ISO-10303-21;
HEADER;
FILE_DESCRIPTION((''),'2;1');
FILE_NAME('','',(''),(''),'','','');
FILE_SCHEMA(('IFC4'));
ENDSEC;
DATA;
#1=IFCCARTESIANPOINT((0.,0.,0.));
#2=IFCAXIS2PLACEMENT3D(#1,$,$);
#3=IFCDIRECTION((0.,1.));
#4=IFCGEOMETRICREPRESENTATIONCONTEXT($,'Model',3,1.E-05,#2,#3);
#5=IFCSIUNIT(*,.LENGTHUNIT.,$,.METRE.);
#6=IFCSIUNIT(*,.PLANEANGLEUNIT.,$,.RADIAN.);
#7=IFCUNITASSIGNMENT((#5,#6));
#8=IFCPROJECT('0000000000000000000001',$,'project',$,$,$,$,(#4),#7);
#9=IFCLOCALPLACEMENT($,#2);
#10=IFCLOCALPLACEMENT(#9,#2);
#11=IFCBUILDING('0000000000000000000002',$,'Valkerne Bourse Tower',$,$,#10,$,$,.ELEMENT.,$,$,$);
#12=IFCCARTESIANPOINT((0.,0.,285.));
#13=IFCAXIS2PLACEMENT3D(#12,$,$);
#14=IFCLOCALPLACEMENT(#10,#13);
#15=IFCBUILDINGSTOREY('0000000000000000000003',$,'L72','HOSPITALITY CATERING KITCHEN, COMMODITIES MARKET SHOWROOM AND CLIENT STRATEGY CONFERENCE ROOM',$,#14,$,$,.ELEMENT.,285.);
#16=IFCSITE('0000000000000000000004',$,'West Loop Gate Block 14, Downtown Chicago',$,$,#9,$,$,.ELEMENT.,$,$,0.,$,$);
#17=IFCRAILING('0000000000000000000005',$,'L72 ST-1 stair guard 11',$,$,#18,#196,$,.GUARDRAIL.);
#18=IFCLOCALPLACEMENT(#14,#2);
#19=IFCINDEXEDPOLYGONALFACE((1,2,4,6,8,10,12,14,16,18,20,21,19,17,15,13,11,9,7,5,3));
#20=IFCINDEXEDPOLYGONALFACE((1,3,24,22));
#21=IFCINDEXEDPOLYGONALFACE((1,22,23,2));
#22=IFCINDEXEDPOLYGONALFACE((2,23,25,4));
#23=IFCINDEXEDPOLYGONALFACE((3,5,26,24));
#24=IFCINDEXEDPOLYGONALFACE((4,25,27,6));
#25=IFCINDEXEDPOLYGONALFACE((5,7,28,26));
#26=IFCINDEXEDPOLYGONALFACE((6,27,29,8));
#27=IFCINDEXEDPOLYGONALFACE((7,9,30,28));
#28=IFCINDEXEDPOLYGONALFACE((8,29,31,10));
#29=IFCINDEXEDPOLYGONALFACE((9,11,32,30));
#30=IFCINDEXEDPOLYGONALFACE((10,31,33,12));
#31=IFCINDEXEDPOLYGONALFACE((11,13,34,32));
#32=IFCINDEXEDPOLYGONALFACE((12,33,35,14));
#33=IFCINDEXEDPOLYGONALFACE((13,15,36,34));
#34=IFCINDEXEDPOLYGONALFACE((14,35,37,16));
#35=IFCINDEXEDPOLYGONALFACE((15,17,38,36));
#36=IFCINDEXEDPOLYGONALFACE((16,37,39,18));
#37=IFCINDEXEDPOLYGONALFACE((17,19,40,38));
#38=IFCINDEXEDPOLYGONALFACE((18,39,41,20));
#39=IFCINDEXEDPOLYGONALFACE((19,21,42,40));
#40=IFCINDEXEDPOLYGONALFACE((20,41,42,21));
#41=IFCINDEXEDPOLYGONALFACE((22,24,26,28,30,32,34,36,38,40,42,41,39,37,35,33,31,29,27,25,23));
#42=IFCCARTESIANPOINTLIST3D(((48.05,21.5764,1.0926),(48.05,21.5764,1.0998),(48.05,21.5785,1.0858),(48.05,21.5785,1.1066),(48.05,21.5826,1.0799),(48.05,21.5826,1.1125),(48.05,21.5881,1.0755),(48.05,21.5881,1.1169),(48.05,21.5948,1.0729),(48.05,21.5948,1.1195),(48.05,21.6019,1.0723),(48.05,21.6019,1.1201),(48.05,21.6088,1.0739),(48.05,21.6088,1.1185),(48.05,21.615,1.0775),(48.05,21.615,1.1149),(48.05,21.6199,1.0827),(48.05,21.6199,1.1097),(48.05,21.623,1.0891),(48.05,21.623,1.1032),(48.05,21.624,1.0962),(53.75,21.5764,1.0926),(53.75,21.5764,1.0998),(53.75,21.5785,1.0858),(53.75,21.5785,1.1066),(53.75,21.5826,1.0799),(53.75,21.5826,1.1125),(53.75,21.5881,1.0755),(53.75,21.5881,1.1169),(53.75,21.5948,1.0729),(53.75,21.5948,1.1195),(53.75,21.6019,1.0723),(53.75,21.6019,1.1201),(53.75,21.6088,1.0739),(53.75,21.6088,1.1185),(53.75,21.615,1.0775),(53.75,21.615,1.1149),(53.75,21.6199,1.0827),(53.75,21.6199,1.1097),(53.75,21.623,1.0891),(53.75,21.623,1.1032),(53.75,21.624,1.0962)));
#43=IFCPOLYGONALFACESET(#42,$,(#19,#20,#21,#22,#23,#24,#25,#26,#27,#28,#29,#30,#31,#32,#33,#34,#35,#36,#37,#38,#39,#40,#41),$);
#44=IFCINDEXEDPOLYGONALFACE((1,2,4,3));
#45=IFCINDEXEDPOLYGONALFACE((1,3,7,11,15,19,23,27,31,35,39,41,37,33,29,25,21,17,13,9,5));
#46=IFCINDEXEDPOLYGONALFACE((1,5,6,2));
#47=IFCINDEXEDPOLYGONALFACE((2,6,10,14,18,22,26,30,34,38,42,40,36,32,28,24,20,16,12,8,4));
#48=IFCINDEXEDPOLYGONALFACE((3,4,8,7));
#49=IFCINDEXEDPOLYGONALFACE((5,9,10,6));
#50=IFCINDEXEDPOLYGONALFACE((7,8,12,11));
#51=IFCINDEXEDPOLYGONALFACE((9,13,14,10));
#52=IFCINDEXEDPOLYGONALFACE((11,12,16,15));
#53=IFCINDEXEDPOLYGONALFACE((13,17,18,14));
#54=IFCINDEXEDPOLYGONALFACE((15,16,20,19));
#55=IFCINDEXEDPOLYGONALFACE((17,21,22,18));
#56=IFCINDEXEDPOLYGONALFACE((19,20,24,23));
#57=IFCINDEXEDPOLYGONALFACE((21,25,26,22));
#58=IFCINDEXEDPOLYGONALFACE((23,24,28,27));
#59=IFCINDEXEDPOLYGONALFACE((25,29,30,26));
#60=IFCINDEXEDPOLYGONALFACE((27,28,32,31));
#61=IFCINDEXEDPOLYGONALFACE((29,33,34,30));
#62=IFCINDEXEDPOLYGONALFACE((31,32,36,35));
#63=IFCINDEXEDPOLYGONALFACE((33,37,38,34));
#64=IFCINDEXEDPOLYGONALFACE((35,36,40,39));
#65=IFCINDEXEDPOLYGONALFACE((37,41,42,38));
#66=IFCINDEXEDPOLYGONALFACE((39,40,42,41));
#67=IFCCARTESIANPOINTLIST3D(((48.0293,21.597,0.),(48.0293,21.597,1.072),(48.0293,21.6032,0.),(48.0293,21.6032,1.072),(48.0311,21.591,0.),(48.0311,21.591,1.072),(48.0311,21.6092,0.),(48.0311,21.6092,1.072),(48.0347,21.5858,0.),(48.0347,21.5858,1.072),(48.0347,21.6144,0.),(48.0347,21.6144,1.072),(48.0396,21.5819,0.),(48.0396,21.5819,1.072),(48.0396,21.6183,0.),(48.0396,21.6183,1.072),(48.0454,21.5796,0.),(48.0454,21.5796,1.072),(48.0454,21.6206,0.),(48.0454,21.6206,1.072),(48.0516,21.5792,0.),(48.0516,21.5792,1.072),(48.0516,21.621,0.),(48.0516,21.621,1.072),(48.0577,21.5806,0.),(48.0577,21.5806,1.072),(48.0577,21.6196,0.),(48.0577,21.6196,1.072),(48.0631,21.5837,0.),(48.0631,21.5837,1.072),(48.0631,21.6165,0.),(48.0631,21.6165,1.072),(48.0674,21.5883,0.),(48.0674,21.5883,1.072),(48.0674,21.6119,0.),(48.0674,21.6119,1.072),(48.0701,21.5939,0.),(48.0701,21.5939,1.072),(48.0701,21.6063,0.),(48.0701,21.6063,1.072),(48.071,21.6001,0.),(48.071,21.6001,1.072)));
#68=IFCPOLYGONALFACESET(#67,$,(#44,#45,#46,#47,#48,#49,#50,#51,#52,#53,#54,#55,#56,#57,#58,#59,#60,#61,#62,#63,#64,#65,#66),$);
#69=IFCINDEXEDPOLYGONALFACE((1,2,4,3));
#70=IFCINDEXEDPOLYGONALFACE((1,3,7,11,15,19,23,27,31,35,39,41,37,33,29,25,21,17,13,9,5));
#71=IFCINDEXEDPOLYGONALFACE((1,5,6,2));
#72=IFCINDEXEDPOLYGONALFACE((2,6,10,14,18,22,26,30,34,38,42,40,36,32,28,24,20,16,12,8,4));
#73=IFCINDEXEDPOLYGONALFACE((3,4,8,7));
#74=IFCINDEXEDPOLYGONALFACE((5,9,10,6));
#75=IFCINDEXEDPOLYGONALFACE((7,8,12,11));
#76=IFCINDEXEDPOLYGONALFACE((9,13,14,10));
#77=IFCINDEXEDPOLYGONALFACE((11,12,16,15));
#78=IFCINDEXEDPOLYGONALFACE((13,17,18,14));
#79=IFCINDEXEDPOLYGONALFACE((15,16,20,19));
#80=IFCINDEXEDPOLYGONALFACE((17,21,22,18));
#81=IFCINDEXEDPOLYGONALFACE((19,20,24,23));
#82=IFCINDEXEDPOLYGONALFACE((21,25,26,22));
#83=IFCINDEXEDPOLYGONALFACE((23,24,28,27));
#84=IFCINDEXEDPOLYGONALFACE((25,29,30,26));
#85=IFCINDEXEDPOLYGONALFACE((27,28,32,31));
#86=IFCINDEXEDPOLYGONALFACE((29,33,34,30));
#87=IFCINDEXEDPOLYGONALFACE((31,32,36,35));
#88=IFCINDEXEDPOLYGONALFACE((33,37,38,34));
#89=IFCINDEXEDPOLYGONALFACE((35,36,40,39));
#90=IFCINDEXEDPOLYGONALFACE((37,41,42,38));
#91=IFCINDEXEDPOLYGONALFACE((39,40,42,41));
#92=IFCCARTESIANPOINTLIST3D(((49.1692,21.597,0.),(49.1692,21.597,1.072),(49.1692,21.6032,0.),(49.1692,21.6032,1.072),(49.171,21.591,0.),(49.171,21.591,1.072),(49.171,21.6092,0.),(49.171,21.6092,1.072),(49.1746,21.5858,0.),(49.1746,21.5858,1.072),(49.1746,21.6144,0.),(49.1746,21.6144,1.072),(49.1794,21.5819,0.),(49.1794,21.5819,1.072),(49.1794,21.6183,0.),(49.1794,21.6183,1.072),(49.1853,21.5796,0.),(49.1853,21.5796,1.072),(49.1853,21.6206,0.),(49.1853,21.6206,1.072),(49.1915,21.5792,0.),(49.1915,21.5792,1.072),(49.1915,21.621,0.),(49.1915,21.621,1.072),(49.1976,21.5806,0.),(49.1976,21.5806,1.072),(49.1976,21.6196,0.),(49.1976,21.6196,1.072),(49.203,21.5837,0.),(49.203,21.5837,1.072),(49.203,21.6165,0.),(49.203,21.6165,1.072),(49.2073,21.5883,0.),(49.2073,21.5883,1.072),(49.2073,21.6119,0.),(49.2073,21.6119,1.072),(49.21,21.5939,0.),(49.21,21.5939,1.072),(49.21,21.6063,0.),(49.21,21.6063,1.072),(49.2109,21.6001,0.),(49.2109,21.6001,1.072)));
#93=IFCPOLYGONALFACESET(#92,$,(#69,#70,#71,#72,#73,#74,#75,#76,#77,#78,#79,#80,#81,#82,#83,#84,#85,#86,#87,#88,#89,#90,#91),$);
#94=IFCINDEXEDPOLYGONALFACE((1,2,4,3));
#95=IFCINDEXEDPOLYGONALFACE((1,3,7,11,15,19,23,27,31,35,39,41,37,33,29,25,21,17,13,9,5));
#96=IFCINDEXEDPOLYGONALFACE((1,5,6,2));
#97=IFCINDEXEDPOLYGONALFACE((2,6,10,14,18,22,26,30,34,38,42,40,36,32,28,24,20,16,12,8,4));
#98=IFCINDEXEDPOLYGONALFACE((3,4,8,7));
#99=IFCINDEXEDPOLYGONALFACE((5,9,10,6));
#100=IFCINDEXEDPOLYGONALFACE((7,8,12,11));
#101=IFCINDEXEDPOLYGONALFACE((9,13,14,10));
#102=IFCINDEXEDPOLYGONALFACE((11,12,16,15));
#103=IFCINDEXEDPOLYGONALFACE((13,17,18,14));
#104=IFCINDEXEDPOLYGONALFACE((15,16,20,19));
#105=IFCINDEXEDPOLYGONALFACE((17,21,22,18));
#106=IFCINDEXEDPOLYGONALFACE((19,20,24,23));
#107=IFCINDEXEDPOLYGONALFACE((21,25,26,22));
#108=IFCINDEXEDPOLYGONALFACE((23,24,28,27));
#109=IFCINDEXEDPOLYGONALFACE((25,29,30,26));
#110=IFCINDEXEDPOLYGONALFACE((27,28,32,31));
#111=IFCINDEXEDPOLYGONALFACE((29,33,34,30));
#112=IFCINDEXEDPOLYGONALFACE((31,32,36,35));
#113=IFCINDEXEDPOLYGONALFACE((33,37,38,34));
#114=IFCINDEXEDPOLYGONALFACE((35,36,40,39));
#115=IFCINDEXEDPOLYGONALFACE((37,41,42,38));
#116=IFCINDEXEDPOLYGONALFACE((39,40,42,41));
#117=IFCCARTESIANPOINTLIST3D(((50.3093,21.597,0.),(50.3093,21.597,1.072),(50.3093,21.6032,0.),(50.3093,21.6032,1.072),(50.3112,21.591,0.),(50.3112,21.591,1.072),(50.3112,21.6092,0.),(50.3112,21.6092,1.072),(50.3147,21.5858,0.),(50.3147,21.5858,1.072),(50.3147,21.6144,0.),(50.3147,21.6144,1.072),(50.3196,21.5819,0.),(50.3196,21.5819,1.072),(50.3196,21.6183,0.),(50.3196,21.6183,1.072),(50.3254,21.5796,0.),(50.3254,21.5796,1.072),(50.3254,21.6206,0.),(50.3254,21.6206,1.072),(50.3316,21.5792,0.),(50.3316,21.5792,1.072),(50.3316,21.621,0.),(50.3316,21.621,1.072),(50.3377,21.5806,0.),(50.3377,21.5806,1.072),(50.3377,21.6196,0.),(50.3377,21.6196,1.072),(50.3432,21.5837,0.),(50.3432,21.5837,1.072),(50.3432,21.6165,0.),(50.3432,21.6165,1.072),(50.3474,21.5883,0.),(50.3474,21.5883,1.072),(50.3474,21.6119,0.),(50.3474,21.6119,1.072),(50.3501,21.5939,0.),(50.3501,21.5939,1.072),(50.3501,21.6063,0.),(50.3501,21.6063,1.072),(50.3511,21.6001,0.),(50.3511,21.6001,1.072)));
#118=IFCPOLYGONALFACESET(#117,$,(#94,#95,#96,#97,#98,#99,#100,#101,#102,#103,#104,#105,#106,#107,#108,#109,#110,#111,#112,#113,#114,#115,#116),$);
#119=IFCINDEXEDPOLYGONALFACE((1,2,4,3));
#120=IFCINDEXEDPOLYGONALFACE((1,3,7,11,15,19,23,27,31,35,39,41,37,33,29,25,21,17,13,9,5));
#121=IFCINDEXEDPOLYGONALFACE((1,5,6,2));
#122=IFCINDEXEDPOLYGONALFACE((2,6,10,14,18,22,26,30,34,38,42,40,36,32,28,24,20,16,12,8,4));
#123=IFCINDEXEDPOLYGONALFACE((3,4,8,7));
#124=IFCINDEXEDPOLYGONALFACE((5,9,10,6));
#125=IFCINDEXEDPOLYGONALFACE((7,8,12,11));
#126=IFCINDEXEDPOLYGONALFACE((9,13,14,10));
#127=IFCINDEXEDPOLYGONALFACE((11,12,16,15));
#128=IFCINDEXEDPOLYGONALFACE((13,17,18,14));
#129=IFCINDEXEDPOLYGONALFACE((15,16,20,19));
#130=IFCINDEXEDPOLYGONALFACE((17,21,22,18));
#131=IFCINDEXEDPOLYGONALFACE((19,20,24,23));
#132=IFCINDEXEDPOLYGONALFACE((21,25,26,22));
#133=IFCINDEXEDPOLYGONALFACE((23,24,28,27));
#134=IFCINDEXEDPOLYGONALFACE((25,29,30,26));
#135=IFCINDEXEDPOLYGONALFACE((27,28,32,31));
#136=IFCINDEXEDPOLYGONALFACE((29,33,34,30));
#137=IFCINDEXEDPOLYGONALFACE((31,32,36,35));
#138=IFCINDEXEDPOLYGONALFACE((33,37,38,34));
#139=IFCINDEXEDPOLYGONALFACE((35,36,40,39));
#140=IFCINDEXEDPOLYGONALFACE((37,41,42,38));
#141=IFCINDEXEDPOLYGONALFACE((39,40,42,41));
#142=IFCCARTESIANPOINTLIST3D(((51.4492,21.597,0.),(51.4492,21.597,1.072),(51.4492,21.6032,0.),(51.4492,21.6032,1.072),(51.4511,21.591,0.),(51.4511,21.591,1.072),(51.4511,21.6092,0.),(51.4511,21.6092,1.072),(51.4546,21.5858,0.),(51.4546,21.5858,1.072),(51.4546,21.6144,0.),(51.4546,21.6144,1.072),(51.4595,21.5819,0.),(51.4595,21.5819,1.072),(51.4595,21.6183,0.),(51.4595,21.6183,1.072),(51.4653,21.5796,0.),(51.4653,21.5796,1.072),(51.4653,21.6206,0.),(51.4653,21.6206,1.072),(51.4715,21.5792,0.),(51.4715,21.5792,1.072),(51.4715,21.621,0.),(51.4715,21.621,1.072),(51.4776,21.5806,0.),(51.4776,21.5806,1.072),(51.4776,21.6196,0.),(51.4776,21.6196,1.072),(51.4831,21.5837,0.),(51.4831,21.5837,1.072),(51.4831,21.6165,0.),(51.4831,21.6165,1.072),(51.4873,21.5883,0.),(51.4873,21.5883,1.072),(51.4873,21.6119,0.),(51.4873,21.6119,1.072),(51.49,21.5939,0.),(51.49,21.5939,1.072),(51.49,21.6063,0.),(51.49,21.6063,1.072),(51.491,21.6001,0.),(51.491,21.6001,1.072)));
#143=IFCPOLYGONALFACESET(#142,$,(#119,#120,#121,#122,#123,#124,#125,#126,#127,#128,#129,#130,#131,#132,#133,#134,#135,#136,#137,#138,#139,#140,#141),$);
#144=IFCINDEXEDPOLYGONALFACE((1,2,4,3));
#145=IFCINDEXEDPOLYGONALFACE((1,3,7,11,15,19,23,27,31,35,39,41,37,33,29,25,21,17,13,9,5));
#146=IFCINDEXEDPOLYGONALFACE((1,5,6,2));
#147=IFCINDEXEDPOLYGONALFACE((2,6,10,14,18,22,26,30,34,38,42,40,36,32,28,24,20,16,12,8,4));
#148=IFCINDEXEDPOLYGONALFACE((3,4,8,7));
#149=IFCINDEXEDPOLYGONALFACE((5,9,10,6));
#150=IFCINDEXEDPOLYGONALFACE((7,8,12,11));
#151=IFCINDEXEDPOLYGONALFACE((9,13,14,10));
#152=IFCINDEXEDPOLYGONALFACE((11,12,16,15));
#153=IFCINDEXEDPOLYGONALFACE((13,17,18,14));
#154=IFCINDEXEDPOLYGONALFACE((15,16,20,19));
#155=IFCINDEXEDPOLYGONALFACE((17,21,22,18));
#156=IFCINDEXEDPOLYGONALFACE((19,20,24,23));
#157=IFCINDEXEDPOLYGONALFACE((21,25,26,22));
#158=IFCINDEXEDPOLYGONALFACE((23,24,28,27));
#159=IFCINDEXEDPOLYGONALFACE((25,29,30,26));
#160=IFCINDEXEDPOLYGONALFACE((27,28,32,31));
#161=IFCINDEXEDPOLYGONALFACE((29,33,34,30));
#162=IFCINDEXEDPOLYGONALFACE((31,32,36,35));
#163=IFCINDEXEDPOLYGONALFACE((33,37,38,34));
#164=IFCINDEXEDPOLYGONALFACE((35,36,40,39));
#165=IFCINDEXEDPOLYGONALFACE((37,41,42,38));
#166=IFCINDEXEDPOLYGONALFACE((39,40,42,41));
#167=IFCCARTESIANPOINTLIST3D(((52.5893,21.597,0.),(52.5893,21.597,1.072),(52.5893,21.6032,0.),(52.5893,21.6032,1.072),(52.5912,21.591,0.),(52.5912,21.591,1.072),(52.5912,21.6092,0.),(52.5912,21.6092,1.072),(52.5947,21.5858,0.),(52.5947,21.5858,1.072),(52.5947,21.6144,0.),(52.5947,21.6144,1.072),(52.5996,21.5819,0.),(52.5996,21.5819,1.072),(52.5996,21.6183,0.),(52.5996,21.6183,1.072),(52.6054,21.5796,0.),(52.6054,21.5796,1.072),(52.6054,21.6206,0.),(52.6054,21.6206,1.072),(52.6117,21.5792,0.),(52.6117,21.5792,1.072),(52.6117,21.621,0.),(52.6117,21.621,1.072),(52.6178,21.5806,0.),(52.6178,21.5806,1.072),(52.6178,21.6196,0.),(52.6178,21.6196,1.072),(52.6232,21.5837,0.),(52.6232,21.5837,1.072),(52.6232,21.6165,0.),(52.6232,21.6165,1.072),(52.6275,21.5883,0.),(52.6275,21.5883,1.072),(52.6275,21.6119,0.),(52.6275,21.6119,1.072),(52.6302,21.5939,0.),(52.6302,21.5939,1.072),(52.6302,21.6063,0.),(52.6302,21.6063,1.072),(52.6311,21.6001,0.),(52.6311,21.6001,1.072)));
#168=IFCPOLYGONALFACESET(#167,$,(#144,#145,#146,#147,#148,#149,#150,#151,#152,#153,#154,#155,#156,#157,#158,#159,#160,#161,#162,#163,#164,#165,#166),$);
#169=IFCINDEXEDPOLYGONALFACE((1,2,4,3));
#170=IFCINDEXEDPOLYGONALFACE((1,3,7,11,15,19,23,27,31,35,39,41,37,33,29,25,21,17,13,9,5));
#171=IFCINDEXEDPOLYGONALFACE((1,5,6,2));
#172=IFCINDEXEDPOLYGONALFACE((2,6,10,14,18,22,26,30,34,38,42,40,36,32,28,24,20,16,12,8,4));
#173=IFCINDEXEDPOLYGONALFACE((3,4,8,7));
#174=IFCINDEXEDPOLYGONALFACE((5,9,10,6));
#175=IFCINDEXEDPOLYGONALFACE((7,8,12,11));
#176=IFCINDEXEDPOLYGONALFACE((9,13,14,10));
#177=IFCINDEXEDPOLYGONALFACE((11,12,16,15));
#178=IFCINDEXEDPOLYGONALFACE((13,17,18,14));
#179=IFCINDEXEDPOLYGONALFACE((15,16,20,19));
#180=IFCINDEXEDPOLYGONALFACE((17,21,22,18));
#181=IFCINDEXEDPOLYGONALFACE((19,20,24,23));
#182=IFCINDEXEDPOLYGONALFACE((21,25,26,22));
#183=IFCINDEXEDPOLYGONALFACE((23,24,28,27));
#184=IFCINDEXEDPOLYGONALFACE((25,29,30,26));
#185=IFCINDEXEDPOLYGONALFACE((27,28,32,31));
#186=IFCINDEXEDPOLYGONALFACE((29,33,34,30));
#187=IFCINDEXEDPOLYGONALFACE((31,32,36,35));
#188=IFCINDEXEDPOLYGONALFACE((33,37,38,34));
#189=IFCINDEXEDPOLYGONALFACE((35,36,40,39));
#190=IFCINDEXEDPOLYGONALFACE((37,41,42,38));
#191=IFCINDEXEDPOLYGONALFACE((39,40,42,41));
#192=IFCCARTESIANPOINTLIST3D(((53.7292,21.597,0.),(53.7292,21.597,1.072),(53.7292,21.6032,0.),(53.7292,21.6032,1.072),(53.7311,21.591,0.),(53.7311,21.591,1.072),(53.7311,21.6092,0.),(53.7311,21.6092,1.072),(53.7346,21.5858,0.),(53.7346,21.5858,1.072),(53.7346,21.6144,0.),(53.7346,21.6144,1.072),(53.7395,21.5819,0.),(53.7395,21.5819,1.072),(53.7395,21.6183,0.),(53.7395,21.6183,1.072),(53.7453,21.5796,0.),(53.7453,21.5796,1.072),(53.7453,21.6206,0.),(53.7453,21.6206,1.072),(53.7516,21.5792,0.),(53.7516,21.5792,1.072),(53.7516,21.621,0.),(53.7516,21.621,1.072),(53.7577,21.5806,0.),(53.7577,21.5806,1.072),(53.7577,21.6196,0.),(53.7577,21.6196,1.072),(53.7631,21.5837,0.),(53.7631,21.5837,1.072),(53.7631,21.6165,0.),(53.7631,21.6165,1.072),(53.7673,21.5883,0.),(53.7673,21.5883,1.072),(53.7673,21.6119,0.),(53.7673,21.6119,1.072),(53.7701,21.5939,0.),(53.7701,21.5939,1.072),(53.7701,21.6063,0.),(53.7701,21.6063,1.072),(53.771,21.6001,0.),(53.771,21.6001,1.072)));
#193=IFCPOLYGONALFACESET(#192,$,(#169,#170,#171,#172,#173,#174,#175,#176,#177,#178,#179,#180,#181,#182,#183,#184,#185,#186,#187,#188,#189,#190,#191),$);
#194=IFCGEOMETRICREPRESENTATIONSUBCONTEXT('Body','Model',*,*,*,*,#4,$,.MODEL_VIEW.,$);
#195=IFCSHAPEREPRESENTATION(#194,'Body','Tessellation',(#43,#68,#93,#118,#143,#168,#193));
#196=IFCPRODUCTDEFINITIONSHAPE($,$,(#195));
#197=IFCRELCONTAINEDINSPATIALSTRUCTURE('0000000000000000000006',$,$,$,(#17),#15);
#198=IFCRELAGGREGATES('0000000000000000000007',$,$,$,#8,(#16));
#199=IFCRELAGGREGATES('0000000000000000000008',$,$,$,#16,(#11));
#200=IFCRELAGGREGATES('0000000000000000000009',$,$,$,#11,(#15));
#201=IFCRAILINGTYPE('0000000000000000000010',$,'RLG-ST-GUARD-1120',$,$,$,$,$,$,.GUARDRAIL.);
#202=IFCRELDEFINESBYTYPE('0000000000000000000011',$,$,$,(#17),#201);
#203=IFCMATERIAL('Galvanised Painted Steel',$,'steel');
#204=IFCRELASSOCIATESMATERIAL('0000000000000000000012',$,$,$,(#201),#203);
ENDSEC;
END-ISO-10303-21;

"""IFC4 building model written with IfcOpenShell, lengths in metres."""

from ifc_helpers import new_model, si_unit, direction, frame, origin, origin_2d, place, context, subcontext, project, spatial, circle, extrude, material, type_object, element, save


model = new_model("IFC4")

# Units and contexts
model_context = context("Model", 3, precision=1e-05, world=origin(), true_north=direction((0.0, 1.0)))
body_context = subcontext(model_context, "Body", "Model", "MODEL_VIEW")
ifc_project = project(units=[si_unit("LENGTHUNIT", "METRE"), si_unit("PLANEANGLEUNIT", "RADIAN")], contexts=[model_context])

# Site, building, storey
site_placement = place(None, origin())
site = spatial("IfcSite", under=ifc_project, at=site_placement, Name="West Loop Gate Block 14, Downtown Chicago", CompositionType="ELEMENT", RefElevation=0.0)
building_placement = place(site_placement, origin())
building = spatial("IfcBuilding", under=site, at=building_placement, Name="Valkerne Bourse Tower", CompositionType="ELEMENT")
storey_placement = place(building_placement, frame((0.0, 0.0, 285.0)))
storey = spatial("IfcBuildingStorey", under=building, at=storey_placement, Name="L72", Description="HOSPITALITY CATERING KITCHEN, COMMODITIES MARKET SHOWROOM AND CLIENT STRATEGY CONFERENCE ROOM", CompositionType="ELEMENT", Elevation=285.0)

# Shared definitions
ifc_material_1 = material(Name="Galvanised Painted Steel", Category="steel")

# Railing
railing_type_1 = type_object("IfcRailingType", Name="RLG-ST-GUARD-1120", PredefinedType="GUARDRAIL", material=ifc_material_1)
railing_1_placement = place(storey_placement, frame((48.05, 21.6001, 0.0)))
element("IfcRailing", 1, at=railing_1_placement, inside=storey, type_object=railing_type_1, Name="L72 ST-1 stair guard 11", PredefinedType="GUARDRAIL", context=body_context, shape_type="SweptSolid", body=[
    extrude(circle(Radius=0.0239, at=origin_2d()), frame((0.0, 0.0, 1.0962), z_axis=(1.0, 0.0, 0.0), x_axis=(0.0, 1.0, 0.0)), (0.0, 0.0, 1.0), 5.7),
    extrude(circle(Radius=0.021, at=origin_2d()), origin(), (0.0, 0.0, 1.0), 1.072),
    extrude(circle(Radius=0.021, at=origin_2d()), frame((1.1399, 0.0, 0.0)), (0.0, 0.0, 1.0), 1.072),
    extrude(circle(Radius=0.021, at=origin_2d()), frame((2.28, 0.0, 0.0)), (0.0, 0.0, 1.0), 1.072),
    extrude(circle(Radius=0.021, at=origin_2d()), frame((3.4199, 0.0, 0.0)), (0.0, 0.0, 1.0), 1.072),
    extrude(circle(Radius=0.021, at=origin_2d()), frame((4.5601, 0.0, 0.0)), (0.0, 0.0, 1.0), 1.072),
    extrude(circle(Radius=0.021, at=origin_2d()), frame((5.7, 0.0, 0.0)), (0.0, 0.0, 1.0), 1.072),
])

save(model, "model.ifc")
